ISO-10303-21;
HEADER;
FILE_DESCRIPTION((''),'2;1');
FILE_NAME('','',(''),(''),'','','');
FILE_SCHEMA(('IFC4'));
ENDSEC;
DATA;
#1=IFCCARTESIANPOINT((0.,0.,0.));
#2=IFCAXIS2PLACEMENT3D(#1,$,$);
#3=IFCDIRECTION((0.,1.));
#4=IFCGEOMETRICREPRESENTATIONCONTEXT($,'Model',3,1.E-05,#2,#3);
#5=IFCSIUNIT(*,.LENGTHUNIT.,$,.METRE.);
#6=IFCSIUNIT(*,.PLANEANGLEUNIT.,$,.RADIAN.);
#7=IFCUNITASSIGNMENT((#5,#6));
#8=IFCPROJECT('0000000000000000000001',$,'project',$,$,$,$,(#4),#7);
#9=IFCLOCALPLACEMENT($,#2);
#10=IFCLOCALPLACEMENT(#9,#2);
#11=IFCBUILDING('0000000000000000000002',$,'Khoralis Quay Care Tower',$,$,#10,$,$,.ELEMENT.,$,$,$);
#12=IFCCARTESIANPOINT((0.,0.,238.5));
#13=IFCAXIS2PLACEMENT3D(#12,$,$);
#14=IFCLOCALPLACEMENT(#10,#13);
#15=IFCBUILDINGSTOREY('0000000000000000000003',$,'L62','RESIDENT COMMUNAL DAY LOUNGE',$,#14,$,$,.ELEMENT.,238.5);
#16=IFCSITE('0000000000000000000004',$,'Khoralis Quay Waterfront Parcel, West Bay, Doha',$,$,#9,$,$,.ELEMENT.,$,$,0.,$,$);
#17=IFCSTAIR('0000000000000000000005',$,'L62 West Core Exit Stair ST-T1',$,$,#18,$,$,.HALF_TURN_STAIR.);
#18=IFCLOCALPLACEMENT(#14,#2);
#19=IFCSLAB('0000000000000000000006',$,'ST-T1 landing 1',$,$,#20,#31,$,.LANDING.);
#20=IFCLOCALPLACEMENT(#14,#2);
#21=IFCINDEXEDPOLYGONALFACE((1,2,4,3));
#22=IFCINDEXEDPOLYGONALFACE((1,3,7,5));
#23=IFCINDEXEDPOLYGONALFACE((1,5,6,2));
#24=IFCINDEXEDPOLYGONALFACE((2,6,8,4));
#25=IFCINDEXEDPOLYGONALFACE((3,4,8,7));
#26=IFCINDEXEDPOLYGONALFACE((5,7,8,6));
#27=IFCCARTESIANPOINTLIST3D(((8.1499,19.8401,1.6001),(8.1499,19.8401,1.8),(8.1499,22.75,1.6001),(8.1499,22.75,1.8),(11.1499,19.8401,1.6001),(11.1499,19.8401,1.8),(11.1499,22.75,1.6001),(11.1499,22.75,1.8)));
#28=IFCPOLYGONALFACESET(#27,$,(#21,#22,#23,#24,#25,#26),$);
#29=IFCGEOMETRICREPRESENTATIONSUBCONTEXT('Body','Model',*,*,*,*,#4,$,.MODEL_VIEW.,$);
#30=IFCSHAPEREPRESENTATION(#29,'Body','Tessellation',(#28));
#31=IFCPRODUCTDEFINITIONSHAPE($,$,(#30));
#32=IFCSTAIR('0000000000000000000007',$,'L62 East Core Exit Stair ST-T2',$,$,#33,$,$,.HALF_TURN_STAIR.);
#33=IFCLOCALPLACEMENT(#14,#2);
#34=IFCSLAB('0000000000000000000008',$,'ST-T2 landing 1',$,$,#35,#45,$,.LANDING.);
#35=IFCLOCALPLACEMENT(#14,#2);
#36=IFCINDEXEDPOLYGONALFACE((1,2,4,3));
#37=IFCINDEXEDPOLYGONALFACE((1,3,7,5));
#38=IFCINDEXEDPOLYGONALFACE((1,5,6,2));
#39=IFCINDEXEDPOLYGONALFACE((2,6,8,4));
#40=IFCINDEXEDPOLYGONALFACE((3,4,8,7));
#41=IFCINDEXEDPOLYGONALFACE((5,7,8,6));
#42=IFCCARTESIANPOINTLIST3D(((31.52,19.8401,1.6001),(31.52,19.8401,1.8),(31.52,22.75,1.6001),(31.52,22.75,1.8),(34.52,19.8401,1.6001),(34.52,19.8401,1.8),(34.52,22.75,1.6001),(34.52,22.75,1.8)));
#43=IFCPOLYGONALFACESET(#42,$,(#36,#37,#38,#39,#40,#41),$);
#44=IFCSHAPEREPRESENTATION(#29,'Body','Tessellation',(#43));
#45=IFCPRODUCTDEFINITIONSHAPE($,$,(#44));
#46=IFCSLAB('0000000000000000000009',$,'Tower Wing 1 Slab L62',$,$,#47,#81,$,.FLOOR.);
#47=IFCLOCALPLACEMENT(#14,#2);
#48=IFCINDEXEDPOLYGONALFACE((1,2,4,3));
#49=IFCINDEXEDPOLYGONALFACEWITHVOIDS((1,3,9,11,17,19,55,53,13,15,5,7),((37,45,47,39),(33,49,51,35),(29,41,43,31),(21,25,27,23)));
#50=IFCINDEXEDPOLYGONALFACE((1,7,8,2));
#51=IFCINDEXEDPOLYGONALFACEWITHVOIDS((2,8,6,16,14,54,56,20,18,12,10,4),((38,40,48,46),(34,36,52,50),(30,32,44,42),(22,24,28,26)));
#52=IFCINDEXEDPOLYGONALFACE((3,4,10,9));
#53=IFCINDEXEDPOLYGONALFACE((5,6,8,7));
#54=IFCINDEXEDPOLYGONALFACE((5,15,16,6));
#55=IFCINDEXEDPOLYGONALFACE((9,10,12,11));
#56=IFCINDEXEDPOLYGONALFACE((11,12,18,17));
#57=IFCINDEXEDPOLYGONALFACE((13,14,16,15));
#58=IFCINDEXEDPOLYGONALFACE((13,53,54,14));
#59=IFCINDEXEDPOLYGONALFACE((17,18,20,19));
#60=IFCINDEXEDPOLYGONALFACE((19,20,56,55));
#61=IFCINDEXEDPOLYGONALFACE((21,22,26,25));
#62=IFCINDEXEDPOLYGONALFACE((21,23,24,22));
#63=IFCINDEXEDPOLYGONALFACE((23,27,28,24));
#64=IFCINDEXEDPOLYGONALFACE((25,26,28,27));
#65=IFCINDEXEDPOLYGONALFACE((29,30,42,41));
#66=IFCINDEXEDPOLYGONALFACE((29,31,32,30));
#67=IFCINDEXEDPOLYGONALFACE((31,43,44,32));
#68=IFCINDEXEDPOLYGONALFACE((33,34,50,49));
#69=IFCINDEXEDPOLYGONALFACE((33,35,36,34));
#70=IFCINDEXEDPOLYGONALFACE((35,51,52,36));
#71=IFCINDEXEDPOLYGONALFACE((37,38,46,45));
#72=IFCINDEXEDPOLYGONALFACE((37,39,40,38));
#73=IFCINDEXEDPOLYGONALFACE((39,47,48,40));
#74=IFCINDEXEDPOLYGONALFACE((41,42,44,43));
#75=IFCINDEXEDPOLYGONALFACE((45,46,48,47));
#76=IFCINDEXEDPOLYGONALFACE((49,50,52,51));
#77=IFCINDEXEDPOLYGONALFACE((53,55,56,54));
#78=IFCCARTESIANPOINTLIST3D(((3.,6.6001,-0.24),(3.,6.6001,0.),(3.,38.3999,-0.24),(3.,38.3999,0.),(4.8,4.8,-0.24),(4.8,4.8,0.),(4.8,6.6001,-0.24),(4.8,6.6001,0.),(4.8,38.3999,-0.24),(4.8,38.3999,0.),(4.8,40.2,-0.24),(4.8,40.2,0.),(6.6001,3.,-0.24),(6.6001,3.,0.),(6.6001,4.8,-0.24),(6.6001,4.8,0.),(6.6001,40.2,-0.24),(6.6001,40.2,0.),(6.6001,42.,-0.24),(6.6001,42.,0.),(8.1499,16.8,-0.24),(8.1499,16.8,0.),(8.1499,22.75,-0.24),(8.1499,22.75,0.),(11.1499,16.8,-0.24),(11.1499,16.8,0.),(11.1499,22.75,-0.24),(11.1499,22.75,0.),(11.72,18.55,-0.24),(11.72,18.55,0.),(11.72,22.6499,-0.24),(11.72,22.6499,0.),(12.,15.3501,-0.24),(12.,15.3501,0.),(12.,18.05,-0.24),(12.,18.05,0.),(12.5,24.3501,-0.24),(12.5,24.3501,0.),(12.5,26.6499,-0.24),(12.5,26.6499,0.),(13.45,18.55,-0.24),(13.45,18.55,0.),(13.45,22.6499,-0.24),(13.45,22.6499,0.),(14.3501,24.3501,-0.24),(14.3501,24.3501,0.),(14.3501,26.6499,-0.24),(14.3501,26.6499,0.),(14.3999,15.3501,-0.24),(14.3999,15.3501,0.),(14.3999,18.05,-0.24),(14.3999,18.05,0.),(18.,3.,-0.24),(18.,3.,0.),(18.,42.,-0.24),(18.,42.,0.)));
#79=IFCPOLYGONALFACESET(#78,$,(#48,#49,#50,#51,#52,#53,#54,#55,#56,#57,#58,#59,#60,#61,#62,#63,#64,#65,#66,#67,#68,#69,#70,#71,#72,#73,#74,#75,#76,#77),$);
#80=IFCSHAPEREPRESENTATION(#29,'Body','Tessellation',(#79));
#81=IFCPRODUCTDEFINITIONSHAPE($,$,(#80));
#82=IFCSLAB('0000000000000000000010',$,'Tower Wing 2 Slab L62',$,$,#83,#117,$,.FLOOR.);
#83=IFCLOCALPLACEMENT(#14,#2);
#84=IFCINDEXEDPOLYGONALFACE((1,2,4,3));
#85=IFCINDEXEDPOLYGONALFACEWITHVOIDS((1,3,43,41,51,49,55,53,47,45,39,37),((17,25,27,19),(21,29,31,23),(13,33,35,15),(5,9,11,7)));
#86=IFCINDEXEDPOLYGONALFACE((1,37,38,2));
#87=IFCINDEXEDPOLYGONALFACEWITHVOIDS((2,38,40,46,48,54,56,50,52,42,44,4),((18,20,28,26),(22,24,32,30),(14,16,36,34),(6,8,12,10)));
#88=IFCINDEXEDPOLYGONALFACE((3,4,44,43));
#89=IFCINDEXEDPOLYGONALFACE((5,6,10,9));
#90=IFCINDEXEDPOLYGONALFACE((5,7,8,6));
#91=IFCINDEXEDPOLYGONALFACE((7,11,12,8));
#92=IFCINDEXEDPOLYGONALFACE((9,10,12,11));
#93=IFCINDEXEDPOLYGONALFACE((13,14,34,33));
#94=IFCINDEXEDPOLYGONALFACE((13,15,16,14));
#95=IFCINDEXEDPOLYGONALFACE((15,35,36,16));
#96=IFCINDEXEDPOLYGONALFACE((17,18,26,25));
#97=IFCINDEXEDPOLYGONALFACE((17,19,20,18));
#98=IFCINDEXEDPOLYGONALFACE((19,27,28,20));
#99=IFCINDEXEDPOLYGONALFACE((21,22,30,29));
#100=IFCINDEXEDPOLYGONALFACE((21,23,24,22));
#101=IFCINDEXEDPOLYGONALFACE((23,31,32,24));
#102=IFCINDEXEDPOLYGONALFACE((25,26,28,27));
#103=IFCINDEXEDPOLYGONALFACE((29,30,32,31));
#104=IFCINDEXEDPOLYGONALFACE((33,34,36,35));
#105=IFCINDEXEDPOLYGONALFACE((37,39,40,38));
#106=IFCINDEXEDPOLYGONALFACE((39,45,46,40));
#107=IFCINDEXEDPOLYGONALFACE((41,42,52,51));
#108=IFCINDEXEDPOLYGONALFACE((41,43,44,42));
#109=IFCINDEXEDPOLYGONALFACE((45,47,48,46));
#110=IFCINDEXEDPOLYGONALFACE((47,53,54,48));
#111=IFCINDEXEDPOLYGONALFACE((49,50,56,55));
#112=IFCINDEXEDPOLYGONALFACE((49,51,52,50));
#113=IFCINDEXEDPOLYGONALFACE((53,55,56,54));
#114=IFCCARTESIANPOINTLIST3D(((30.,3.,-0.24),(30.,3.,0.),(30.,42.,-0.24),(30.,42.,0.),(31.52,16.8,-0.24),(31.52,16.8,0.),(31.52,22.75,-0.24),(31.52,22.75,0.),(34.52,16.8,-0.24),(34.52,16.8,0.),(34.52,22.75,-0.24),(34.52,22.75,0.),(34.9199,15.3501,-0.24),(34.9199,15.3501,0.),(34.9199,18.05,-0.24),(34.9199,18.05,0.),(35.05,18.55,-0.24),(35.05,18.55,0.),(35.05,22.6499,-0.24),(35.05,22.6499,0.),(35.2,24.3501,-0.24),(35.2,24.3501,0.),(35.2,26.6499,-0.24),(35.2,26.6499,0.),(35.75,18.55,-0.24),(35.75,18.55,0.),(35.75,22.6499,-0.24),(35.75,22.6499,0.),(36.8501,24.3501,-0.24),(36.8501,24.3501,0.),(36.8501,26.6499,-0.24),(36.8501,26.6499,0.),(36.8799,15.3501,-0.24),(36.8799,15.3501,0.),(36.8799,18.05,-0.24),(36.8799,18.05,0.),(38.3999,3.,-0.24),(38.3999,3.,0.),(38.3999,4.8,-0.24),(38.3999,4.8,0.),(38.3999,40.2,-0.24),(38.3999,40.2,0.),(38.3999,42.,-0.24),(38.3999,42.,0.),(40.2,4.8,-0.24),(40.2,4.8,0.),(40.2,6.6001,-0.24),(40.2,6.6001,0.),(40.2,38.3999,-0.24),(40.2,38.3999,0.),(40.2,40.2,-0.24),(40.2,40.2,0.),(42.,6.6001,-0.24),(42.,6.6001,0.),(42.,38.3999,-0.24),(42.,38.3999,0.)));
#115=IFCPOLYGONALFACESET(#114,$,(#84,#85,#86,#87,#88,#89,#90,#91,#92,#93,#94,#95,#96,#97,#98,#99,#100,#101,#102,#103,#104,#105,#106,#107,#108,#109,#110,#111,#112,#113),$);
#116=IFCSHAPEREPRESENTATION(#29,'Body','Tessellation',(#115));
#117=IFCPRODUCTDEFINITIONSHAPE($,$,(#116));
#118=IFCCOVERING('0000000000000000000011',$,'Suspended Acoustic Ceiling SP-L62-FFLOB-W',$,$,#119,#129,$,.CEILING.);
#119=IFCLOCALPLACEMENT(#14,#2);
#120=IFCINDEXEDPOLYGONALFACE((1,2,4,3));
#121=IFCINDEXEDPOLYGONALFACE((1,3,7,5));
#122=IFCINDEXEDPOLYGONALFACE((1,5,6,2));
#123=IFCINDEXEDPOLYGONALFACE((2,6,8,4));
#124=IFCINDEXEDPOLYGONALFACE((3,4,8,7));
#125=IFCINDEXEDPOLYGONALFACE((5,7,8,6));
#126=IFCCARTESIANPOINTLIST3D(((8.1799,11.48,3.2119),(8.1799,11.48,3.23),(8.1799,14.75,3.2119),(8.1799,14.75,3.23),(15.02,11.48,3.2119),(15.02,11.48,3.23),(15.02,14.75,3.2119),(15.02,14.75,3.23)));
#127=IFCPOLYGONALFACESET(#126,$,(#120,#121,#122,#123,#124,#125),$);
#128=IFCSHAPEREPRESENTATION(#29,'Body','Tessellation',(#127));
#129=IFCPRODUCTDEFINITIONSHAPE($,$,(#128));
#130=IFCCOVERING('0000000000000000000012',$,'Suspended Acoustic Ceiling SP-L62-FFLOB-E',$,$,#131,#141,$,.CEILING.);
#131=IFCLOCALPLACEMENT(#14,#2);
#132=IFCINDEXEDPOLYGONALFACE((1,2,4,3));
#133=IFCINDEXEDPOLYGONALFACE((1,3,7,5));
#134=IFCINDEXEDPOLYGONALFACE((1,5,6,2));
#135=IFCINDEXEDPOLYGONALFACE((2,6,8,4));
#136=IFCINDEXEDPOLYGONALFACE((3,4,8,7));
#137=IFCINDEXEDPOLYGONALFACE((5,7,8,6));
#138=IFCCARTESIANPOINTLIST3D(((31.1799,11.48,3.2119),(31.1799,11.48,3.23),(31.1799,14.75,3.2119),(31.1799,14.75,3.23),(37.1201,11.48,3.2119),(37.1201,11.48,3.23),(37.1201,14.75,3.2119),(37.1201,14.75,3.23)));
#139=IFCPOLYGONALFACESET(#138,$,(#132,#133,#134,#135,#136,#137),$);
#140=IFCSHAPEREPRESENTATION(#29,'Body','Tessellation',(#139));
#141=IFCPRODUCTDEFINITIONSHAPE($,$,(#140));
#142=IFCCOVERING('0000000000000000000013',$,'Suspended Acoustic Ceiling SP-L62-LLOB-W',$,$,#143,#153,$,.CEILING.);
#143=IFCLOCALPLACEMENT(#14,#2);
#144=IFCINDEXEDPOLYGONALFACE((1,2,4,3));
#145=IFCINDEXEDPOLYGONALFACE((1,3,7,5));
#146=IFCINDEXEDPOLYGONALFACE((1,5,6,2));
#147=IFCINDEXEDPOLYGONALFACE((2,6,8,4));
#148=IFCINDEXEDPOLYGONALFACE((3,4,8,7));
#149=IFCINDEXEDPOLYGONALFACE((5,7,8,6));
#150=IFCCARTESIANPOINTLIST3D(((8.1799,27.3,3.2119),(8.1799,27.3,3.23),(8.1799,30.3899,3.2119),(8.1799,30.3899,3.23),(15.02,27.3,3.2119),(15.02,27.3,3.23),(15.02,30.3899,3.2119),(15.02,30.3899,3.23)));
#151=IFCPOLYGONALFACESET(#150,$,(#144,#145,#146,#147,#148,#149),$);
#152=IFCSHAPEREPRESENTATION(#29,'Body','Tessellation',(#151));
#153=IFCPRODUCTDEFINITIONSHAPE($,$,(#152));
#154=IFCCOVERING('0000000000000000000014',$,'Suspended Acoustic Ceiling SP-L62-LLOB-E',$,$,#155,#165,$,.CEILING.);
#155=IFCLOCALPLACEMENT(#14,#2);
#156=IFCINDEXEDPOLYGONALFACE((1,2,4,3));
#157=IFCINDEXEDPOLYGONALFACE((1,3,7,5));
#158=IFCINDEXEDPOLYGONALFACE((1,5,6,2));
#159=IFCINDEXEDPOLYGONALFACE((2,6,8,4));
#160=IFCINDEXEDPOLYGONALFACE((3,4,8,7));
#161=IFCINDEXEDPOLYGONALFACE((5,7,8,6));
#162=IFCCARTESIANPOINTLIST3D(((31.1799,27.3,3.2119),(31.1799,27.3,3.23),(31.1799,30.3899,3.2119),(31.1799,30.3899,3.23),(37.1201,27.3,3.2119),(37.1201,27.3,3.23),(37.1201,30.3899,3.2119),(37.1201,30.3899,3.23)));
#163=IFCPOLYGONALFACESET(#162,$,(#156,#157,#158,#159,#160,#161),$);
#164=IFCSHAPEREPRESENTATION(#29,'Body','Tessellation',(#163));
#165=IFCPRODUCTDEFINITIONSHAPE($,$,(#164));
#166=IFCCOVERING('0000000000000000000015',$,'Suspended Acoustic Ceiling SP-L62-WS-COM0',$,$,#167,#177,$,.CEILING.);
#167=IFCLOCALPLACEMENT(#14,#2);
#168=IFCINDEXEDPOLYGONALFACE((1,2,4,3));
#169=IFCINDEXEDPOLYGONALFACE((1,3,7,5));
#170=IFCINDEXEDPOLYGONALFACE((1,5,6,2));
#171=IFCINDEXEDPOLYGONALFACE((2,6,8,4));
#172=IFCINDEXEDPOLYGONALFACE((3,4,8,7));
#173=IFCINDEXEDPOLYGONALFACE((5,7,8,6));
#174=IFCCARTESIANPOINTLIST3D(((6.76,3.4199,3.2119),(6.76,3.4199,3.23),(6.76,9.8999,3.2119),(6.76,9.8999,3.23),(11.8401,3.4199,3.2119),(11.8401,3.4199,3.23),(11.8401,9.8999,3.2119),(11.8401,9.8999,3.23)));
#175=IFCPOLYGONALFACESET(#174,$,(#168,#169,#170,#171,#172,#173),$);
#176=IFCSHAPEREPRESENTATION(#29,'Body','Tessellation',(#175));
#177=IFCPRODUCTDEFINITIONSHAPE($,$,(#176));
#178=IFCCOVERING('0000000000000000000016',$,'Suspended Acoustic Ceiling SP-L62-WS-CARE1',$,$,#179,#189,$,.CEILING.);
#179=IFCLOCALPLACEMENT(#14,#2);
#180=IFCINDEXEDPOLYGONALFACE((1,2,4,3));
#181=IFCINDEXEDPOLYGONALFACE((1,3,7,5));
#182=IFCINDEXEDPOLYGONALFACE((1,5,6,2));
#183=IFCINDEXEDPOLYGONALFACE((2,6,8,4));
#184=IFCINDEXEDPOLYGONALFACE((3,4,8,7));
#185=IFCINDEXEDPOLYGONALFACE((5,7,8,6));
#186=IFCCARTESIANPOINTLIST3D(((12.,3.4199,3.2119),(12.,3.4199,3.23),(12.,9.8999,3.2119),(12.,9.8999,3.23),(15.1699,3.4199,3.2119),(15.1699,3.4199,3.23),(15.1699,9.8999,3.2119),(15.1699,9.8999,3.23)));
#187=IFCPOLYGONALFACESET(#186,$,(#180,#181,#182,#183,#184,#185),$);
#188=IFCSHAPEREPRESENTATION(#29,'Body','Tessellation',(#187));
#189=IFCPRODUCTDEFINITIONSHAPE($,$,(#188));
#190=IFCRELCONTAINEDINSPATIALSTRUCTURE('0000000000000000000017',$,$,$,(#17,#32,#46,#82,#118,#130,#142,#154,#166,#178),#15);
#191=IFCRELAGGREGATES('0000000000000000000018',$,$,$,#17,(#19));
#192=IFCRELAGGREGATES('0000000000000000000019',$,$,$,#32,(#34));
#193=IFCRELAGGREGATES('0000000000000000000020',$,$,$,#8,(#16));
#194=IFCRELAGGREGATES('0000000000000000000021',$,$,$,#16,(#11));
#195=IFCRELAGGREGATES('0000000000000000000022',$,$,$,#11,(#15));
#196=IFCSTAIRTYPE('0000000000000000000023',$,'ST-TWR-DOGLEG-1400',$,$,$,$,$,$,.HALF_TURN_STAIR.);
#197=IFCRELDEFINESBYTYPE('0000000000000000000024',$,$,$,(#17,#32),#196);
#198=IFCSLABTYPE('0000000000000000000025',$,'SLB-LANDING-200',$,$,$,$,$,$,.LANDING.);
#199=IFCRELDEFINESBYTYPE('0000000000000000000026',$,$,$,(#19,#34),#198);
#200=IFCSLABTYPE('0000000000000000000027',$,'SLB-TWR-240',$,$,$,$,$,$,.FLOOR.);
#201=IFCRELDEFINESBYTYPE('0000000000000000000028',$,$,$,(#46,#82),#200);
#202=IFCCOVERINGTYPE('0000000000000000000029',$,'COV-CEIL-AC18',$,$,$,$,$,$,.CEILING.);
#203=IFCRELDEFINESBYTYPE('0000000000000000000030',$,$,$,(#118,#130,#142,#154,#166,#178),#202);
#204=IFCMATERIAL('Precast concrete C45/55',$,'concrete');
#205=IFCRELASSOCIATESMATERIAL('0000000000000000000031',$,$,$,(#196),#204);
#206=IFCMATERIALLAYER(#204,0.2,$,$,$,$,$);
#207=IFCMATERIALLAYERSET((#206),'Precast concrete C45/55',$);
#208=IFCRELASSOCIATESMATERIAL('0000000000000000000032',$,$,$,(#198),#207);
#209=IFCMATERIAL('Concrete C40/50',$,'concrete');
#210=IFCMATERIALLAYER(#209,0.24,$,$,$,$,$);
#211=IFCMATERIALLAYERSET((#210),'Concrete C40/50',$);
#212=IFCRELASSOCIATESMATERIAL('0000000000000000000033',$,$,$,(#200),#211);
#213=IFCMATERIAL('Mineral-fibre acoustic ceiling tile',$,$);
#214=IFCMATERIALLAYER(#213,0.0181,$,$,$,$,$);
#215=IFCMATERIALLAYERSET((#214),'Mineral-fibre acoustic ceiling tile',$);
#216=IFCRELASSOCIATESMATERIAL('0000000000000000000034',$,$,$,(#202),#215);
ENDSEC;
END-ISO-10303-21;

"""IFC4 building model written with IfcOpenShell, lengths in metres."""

from ifc_helpers import new_model, si_unit, direction, frame, origin, place, context, subcontext, project, spatial, polyline, outline, extrude, material, layer, layer_set, type_object, element, aggregate, save


model = new_model("IFC4")

# Units and contexts
model_context = context("Model", 3, precision=1e-05, world=origin(), true_north=direction((0.0, 1.0)))
body_context = subcontext(model_context, "Body", "Model", "MODEL_VIEW")
ifc_project = project(units=[si_unit("LENGTHUNIT", "METRE"), si_unit("PLANEANGLEUNIT", "RADIAN")], contexts=[model_context])

# Site, building, storey
site_placement = place(None, origin())
site = spatial("IfcSite", under=ifc_project, at=site_placement, Name="Khoralis Quay Waterfront Parcel, West Bay, Doha", CompositionType="ELEMENT", RefElevation=0.0)
building_placement = place(site_placement, origin())
building = spatial("IfcBuilding", under=site, at=building_placement, Name="Khoralis Quay Care Tower", CompositionType="ELEMENT")
storey_placement = place(building_placement, frame((0.0, 0.0, 238.5)))
storey = spatial("IfcBuildingStorey", under=building, at=storey_placement, Name="L62", Description="RESIDENT COMMUNAL DAY LOUNGE", CompositionType="ELEMENT", Elevation=238.5)

# Stairs, slabs
ifc_material_1 = material(Name="Precast concrete C45/55", Category="concrete")
stair_type = type_object("IfcStairType", Name="ST-TWR-DOGLEG-1400", PredefinedType="HALF_TURN_STAIR", material=ifc_material_1)
stair_1_placement = place(storey_placement, origin())
stair_1 = element("IfcStair", 1, at=stair_1_placement, inside=storey, type_object=stair_type, Name="L62 West Core Exit Stair ST-T1", PredefinedType="HALF_TURN_STAIR")
ifc_layer_1 = layer(ifc_material_1, 0.2)
ifc_layer_set_1 = layer_set([ifc_layer_1], Name="Precast concrete C45/55")
slab_type_1 = type_object("IfcSlabType", Name="SLB-LANDING-200", PredefinedType="LANDING", material=ifc_layer_set_1)
slab_1_placement = place(storey_placement, frame((0.0, 0.0, 1.6001)))
slab_1 = element("IfcSlab", 2, at=slab_1_placement, type_object=slab_type_1, Name="ST-T1 landing 1", PredefinedType="LANDING", context=body_context, shape_type="SweptSolid", body=[
    extrude(outline(polyline([(11.1499, 19.8401), (11.1499, 22.75), (8.1499, 22.75), (8.1499, 19.8401), (11.1499, 19.8401)])), origin(), (0.0, 0.0, 1.0), 0.2),
])
aggregate(stair_1, [slab_1])
stair_2_placement = place(storey_placement, origin())
stair_2 = element("IfcStair", 3, at=stair_2_placement, inside=storey, type_object=stair_type, Name="L62 East Core Exit Stair ST-T2", PredefinedType="HALF_TURN_STAIR")
slab_2_placement = place(storey_placement, frame((0.0, 0.0, 1.6001)))
slab_2 = element("IfcSlab", 4, at=slab_2_placement, type_object=slab_type_1, Name="ST-T2 landing 1", PredefinedType="LANDING", context=body_context, shape_type="SweptSolid", body=[
    extrude(outline(polyline([(34.52, 19.8401), (34.52, 22.75), (31.52, 22.75), (31.52, 19.8401), (34.52, 19.8401)])), origin(), (0.0, 0.0, 1.0), 0.2),
])
aggregate(stair_2, [slab_2])

# Slabs
ifc_material_2 = material(Name="Concrete C40/50", Category="concrete")
ifc_layer_2 = layer(ifc_material_2, 0.24)
ifc_layer_set_2 = layer_set([ifc_layer_2], Name="Concrete C40/50")
slab_type_2 = type_object("IfcSlabType", Name="SLB-TWR-240", PredefinedType="FLOOR", material=ifc_layer_set_2)
slab_3_placement = place(storey_placement, frame((0.0, 0.0, -0.24)))
element("IfcSlab", 5, at=slab_3_placement, inside=storey, type_object=slab_type_2, Name="Tower Wing 1 Slab L62", PredefinedType="FLOOR", context=body_context, shape_type="SweptSolid", body=[
    extrude(outline(polyline([(6.6001, 3.0), (18.0, 3.0), (18.0, 42.0), (6.6001, 42.0), (6.6001, 40.2), (4.8, 40.2), (4.8, 38.3999), (3.0, 38.3999), (3.0, 6.6001), (4.8, 6.6001), (4.8, 4.8), (6.6001, 4.8), (6.6001, 3.0)]), holes=[polyline([(11.1499, 16.8), (11.1499, 22.75), (8.1499, 22.75), (8.1499, 16.8), (11.1499, 16.8)]), polyline([(12.0, 15.3501), (14.3999, 15.3501), (14.3999, 18.05), (12.0, 18.05), (12.0, 15.3501)]), polyline([(12.5, 24.3501), (14.3501, 24.3501), (14.3501, 26.6499), (12.5, 26.6499), (12.5, 24.3501)]), polyline([(11.72, 18.55), (13.45, 18.55), (13.45, 22.6499), (11.72, 22.6499), (11.72, 18.55)])]), origin(), (0.0, 0.0, 1.0), 0.24),
])
slab_4_placement = place(storey_placement, frame((0.0, 0.0, -0.24)))
element("IfcSlab", 6, at=slab_4_placement, inside=storey, type_object=slab_type_2, Name="Tower Wing 2 Slab L62", PredefinedType="FLOOR", context=body_context, shape_type="SweptSolid", body=[
    extrude(outline(polyline([(30.0, 3.0), (38.3999, 3.0), (38.3999, 4.8), (40.2, 4.8), (40.2, 6.6001), (42.0, 6.6001), (42.0, 38.3999), (40.2, 38.3999), (40.2, 40.2), (38.3999, 40.2), (38.3999, 42.0), (30.0, 42.0), (30.0, 3.0)]), holes=[polyline([(34.52, 16.8), (34.52, 22.75), (31.52, 22.75), (31.52, 16.8), (34.52, 16.8)]), polyline([(34.9199, 15.3501), (36.8799, 15.3501), (36.8799, 18.05), (34.9199, 18.05), (34.9199, 15.3501)]), polyline([(35.2, 24.3501), (36.8501, 24.3501), (36.8501, 26.6499), (35.2, 26.6499), (35.2, 24.3501)]), polyline([(35.05, 18.55), (35.75, 18.55), (35.75, 22.6499), (35.05, 22.6499), (35.05, 18.55)])]), origin(), (0.0, 0.0, 1.0), 0.24),
])

# Coverings
ifc_material_3 = material(Name="Mineral-fibre acoustic ceiling tile")
ifc_layer_3 = layer(ifc_material_3, 0.0181)
ifc_layer_set_3 = layer_set([ifc_layer_3], Name="Mineral-fibre acoustic ceiling tile")
covering_type_1 = type_object("IfcCoveringType", Name="COV-CEIL-AC18", PredefinedType="CEILING", material=ifc_layer_set_3)
covering_1_placement = place(storey_placement, frame((0.0, 0.0, 3.2119)))
element("IfcCovering", 7, at=covering_1_placement, inside=storey, type_object=covering_type_1, Name="Suspended Acoustic Ceiling SP-L62-FFLOB-W", PredefinedType="CEILING", context=body_context, shape_type="SweptSolid", body=[
    extrude(outline(polyline([(8.1799, 11.48), (15.02, 11.48), (15.02, 14.75), (8.1799, 14.75), (8.1799, 11.48)])), origin(), (0.0, 0.0, 1.0), 0.0181),
])
covering_2_placement = place(storey_placement, frame((0.0, 0.0, 3.2119)))
element("IfcCovering", 8, at=covering_2_placement, inside=storey, type_object=covering_type_1, Name="Suspended Acoustic Ceiling SP-L62-FFLOB-E", PredefinedType="CEILING", context=body_context, shape_type="SweptSolid", body=[
    extrude(outline(polyline([(31.1799, 11.48), (37.1201, 11.48), (37.1201, 14.75), (31.1799, 14.75), (31.1799, 11.48)])), origin(), (0.0, 0.0, 1.0), 0.0181),
])
covering_3_placement = place(storey_placement, frame((0.0, 0.0, 3.2119)))
element("IfcCovering", 9, at=covering_3_placement, inside=storey, type_object=covering_type_1, Name="Suspended Acoustic Ceiling SP-L62-LLOB-W", PredefinedType="CEILING", context=body_context, shape_type="SweptSolid", body=[
    extrude(outline(polyline([(8.1799, 27.3), (15.02, 27.3), (15.02, 30.3899), (8.1799, 30.3899), (8.1799, 27.3)])), origin(), (0.0, 0.0, 1.0), 0.0181),
])
covering_4_placement = place(storey_placement, frame((0.0, 0.0, 3.2119)))
element("IfcCovering", 10, at=covering_4_placement, inside=storey, type_object=covering_type_1, Name="Suspended Acoustic Ceiling SP-L62-LLOB-E", PredefinedType="CEILING", context=body_context, shape_type="SweptSolid", body=[
    extrude(outline(polyline([(31.1799, 27.3), (37.1201, 27.3), (37.1201, 30.3899), (31.1799, 30.3899), (31.1799, 27.3)])), origin(), (0.0, 0.0, 1.0), 0.0181),
])
covering_5_placement = place(storey_placement, frame((0.0, 0.0, 3.2119)))
element("IfcCovering", 11, at=covering_5_placement, inside=storey, type_object=covering_type_1, Name="Suspended Acoustic Ceiling SP-L62-WS-COM0", PredefinedType="CEILING", context=body_context, shape_type="SweptSolid", body=[
    extrude(outline(polyline([(6.76, 3.4199), (11.8401, 3.4199), (11.8401, 9.8999), (6.76, 9.8999), (6.76, 3.4199)])), origin(), (0.0, 0.0, 1.0), 0.0181),
])
covering_6_placement = place(storey_placement, frame((0.0, 0.0, 3.2119)))
element("IfcCovering", 12, at=covering_6_placement, inside=storey, type_object=covering_type_1, Name="Suspended Acoustic Ceiling SP-L62-WS-CARE1", PredefinedType="CEILING", context=body_context, shape_type="SweptSolid", body=[
    extrude(outline(polyline([(12.0, 3.4199), (15.1699, 3.4199), (15.1699, 9.8999), (12.0, 9.8999), (12.0, 3.4199)])), origin(), (0.0, 0.0, 1.0), 0.0181),
])

save(model, "model.ifc")
